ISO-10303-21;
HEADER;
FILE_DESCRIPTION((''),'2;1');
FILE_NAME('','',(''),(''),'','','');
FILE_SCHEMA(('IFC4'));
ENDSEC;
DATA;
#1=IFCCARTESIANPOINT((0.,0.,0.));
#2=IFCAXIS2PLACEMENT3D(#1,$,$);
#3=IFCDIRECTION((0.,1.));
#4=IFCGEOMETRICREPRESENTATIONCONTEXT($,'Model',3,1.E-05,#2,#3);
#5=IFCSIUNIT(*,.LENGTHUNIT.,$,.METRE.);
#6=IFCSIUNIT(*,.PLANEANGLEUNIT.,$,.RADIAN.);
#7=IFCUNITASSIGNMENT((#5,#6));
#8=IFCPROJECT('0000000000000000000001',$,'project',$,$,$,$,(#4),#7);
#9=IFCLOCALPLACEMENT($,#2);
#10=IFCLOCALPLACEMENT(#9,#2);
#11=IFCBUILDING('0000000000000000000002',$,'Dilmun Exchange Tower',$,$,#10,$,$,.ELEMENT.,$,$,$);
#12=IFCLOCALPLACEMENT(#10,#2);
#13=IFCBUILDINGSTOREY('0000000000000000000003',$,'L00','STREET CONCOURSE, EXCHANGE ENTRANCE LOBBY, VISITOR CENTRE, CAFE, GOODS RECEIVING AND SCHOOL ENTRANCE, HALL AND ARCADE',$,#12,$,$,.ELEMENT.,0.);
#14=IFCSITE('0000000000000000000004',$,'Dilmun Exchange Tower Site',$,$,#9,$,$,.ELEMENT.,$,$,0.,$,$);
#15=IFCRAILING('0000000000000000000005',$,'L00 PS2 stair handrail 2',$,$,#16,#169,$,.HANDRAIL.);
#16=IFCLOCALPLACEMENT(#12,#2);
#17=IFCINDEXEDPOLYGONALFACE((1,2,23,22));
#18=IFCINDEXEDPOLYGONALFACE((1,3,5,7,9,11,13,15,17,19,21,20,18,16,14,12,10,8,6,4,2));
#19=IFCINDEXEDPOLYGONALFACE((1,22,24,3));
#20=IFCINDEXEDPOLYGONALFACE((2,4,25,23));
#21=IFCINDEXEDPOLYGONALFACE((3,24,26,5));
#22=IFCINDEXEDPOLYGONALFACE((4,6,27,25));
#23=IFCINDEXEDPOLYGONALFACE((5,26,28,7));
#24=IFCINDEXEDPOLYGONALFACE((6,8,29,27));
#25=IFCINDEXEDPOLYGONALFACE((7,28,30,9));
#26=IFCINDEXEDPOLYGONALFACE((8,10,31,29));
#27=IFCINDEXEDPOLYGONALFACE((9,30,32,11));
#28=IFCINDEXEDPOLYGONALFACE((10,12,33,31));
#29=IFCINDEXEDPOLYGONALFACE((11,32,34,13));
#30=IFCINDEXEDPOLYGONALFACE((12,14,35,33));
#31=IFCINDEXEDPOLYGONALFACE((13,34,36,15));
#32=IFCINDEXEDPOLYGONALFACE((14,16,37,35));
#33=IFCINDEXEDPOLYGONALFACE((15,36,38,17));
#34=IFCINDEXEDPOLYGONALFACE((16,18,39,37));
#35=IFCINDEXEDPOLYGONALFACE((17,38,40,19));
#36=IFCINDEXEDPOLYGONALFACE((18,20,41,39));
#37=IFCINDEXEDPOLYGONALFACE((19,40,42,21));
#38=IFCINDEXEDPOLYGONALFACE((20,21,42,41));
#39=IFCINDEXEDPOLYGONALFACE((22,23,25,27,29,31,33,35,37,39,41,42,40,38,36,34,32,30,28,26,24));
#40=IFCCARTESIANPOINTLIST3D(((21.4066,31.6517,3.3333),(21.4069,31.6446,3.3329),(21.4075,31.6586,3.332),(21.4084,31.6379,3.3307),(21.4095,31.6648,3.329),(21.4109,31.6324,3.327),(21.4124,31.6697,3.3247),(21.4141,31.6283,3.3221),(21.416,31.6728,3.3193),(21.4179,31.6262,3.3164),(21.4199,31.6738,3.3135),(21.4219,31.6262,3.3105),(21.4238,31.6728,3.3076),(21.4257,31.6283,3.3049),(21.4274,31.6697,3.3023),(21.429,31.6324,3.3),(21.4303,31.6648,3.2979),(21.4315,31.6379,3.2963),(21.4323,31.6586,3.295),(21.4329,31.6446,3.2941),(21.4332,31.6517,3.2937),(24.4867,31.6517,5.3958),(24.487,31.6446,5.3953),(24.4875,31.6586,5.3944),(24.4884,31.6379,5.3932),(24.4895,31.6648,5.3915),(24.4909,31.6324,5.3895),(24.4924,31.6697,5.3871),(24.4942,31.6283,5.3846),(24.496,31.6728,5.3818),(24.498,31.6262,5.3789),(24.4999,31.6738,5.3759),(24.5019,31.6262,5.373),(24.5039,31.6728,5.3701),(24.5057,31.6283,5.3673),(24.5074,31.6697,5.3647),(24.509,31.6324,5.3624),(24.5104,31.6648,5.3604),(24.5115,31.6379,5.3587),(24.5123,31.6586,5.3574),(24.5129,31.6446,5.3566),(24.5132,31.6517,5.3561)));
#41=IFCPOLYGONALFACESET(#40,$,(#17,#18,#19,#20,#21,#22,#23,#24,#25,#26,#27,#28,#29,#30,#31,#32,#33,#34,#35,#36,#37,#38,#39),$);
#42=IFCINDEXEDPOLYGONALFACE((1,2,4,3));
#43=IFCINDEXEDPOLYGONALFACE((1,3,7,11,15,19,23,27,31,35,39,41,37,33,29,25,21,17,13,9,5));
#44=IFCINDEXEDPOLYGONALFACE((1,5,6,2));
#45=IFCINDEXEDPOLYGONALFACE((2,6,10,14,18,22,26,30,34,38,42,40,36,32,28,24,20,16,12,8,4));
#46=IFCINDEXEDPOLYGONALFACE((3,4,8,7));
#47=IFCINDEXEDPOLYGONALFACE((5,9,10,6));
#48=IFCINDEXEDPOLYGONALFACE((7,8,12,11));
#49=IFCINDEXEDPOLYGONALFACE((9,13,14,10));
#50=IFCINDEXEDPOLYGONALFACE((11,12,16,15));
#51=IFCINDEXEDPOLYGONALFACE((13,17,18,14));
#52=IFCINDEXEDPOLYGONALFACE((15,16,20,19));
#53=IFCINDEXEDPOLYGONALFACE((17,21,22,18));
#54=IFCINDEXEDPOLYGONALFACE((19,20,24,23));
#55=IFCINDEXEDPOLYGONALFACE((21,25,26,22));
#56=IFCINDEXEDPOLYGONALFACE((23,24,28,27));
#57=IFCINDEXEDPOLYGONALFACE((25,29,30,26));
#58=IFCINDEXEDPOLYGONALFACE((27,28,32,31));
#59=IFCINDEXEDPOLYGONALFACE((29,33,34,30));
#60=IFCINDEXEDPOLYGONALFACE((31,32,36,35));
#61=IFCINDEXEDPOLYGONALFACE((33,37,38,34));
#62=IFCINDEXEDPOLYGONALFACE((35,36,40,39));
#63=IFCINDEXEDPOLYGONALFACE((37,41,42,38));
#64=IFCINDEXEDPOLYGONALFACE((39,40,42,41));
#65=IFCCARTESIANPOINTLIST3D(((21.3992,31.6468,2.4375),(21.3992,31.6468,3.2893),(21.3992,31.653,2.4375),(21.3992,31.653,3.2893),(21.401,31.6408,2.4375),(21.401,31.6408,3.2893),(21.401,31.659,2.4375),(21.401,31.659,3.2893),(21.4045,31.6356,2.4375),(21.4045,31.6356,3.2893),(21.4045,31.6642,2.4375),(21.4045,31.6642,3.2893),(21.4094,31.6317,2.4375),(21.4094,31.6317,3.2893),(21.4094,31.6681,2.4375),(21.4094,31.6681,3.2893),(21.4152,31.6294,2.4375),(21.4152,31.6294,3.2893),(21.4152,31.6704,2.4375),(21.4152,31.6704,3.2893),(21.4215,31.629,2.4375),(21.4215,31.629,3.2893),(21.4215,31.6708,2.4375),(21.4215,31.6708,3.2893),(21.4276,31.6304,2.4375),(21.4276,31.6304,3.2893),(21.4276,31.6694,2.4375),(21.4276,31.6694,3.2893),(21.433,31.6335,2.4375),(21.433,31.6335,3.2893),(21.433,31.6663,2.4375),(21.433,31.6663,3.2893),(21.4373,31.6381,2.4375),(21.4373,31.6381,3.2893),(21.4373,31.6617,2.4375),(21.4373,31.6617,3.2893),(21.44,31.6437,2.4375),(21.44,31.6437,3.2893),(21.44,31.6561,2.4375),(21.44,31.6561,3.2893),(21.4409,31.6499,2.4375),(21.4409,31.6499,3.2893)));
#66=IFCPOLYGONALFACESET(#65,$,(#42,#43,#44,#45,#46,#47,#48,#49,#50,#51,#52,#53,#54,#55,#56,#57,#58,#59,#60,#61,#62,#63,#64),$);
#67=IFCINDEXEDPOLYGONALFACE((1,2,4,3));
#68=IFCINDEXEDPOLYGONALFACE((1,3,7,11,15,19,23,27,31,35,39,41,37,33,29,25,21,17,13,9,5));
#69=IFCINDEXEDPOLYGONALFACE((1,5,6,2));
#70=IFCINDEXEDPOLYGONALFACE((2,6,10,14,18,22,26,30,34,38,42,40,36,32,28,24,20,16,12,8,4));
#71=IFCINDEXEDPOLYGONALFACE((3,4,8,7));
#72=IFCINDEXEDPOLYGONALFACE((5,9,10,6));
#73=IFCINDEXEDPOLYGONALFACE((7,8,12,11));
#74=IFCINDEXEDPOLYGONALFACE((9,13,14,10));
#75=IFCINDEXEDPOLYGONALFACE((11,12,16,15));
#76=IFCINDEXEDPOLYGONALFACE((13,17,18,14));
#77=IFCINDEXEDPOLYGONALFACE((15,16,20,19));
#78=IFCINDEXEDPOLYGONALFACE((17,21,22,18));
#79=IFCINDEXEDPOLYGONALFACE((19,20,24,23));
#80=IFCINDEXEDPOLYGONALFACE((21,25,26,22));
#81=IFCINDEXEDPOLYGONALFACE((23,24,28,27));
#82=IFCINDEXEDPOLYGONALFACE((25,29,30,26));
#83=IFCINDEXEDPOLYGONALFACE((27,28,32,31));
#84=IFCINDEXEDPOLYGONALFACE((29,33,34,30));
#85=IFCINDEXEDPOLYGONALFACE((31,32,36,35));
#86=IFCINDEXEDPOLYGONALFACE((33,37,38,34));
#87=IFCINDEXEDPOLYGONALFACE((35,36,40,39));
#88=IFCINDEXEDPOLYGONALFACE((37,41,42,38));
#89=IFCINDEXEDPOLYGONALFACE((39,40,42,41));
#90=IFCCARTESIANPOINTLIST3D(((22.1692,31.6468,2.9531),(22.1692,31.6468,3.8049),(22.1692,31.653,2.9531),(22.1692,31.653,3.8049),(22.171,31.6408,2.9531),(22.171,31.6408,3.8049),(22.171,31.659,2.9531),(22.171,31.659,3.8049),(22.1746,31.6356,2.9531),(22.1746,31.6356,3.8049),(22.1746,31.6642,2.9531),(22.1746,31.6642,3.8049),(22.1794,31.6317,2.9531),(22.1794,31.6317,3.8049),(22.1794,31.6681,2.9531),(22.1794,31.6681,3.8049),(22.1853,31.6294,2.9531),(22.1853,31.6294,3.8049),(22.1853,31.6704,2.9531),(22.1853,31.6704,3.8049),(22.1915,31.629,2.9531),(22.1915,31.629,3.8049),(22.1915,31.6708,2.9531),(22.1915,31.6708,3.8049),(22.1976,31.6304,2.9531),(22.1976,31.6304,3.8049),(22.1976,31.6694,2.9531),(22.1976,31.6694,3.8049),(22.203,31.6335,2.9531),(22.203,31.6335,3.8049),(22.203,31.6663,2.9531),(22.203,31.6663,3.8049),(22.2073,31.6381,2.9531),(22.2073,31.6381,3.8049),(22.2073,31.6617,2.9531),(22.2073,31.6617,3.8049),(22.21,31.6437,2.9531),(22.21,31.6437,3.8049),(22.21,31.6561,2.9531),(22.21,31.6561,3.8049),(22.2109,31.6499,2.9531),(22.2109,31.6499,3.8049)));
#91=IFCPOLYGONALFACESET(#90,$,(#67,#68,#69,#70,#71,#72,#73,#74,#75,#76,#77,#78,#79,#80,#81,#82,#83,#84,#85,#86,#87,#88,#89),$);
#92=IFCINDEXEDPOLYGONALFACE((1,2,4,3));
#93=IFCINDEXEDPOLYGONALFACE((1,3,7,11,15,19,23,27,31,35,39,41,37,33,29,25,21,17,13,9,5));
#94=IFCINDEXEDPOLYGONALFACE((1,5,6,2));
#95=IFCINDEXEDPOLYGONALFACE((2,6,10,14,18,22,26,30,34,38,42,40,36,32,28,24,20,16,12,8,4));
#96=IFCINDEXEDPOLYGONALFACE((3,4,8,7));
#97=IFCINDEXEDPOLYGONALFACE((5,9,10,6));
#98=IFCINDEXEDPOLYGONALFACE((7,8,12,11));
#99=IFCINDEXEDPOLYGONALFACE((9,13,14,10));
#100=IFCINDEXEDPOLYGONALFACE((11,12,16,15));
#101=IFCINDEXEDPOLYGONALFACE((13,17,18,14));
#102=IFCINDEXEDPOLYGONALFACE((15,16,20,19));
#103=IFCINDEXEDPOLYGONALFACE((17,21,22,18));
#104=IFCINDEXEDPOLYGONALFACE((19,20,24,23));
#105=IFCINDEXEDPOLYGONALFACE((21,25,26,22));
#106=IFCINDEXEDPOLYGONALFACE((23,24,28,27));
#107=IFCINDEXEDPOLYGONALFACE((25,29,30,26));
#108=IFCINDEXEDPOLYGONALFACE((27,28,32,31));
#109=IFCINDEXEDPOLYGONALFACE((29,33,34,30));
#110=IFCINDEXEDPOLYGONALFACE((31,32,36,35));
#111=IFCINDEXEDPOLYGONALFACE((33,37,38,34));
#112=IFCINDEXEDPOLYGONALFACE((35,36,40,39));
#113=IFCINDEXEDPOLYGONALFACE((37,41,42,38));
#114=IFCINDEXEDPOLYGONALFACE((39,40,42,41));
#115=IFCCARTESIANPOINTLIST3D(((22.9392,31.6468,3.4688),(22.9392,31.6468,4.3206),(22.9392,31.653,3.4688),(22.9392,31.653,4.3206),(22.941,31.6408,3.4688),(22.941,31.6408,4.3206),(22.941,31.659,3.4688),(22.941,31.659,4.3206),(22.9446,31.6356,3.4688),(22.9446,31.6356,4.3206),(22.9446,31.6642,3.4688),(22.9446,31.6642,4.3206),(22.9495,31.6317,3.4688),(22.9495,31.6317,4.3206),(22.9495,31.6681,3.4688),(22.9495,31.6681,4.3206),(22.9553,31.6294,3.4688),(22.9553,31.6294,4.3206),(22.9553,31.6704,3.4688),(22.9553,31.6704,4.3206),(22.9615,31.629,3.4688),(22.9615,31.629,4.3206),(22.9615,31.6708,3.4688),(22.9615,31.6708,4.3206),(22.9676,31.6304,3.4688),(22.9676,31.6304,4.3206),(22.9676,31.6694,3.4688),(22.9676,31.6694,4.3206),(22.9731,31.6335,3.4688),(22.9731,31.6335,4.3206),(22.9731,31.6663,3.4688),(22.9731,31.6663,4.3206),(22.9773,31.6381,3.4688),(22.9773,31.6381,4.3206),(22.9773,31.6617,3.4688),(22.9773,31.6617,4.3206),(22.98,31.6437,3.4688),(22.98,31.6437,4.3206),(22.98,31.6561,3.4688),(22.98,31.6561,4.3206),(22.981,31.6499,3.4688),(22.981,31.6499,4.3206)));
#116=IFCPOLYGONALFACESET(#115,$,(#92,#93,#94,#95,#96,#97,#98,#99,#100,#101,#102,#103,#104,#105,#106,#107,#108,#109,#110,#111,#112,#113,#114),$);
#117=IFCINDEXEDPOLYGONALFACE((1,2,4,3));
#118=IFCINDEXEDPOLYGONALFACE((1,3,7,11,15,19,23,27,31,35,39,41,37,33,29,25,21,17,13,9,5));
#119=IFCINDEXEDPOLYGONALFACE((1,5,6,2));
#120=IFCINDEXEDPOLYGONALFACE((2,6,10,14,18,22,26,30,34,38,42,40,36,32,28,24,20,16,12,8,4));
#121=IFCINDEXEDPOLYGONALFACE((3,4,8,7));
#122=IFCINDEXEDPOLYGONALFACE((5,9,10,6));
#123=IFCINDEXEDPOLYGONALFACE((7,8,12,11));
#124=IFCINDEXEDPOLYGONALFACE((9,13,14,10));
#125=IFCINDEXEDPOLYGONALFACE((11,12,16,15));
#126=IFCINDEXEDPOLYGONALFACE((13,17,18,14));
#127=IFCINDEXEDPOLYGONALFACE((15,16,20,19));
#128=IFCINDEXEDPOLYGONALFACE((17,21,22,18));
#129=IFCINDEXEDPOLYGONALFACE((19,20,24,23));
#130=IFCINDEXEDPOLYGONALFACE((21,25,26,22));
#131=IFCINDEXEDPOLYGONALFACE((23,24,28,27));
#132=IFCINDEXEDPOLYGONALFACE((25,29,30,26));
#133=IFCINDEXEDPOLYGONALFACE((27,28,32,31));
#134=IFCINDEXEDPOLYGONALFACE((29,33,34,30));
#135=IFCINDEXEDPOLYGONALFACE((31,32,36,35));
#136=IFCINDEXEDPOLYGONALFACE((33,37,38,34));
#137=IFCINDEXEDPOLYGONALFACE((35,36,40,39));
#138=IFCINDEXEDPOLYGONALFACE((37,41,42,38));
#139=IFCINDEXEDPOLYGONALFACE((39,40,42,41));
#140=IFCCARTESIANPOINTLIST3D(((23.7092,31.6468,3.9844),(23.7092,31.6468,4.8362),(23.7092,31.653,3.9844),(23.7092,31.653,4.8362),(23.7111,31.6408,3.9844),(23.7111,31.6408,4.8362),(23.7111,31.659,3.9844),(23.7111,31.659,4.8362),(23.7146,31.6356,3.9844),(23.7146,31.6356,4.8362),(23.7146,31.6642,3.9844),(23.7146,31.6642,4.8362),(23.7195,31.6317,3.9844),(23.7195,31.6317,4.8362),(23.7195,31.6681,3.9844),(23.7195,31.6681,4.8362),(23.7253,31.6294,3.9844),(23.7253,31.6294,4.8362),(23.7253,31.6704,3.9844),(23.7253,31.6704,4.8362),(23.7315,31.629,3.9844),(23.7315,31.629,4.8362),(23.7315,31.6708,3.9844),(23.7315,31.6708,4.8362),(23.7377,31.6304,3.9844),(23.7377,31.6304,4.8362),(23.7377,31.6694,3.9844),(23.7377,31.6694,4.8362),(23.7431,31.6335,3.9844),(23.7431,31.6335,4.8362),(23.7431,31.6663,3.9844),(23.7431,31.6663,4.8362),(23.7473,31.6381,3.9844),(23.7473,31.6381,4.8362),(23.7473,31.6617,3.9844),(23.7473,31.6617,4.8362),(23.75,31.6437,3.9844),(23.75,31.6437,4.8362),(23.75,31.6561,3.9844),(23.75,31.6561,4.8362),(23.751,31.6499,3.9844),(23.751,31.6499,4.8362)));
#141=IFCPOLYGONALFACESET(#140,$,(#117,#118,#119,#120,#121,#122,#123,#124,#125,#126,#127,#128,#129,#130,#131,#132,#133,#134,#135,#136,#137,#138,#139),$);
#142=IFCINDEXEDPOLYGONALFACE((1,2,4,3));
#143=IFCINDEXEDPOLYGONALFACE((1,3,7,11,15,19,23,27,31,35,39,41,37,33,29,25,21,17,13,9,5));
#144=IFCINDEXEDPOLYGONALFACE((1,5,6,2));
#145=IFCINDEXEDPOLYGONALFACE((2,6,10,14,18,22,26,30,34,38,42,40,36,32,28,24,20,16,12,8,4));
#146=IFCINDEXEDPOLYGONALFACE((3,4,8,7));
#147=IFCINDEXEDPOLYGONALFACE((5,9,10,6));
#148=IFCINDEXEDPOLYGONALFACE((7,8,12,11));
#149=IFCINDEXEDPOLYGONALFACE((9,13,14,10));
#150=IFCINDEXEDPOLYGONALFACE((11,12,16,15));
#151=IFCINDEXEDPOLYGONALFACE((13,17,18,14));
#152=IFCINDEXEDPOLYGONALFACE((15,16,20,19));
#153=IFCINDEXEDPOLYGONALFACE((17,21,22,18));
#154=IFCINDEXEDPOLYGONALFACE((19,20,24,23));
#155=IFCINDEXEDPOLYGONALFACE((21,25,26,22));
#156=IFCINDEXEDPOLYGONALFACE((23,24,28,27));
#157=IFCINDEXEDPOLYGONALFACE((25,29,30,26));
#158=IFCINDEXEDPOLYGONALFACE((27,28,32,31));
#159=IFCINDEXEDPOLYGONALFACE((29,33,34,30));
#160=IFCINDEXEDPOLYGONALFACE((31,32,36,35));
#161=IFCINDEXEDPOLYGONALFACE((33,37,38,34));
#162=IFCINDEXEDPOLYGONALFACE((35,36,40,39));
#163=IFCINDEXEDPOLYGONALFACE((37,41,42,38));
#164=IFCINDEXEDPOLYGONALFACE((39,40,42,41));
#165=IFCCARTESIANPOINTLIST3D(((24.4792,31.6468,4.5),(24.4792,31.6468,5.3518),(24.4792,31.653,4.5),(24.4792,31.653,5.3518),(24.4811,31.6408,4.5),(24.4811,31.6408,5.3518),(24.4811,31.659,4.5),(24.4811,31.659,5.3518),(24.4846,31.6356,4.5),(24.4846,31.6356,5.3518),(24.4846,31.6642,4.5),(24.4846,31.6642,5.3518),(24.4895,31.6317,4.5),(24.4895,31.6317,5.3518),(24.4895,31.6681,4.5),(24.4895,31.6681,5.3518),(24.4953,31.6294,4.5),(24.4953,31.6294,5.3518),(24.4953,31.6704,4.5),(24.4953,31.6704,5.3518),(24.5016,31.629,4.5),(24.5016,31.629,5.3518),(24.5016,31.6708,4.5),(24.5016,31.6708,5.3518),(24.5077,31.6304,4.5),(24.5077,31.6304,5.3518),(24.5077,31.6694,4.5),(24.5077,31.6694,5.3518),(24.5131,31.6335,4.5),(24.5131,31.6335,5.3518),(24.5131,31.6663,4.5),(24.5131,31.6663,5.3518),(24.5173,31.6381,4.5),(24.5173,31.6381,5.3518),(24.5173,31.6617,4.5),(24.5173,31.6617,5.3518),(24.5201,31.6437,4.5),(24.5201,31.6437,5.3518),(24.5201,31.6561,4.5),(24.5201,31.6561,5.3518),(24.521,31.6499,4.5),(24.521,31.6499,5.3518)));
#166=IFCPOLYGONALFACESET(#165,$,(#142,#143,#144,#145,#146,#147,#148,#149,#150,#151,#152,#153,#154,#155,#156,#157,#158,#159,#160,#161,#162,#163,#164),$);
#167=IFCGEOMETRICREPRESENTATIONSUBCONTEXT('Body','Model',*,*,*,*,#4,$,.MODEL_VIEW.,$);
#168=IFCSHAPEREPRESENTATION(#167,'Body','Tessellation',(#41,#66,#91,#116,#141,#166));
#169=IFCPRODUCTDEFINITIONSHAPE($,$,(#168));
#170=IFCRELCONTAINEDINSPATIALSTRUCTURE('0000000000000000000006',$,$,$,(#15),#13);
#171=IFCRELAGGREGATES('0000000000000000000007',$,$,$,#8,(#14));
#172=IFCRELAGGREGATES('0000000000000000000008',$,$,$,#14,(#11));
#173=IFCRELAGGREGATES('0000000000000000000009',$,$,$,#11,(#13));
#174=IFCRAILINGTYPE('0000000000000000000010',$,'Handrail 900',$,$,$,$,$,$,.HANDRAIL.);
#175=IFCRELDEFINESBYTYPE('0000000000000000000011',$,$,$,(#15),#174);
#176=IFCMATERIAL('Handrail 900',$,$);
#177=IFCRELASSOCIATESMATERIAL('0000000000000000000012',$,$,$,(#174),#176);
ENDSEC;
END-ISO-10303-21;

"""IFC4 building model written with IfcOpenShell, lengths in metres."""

from ifc_helpers import new_model, si_unit, direction, frame, origin, origin_2d, place, context, subcontext, project, spatial, circle, extrude, material, type_object, element, save


model = new_model("IFC4")

# Units and contexts
model_context = context("Model", 3, precision=1e-05, world=origin(), true_north=direction((0.0, 1.0)))
body_context = subcontext(model_context, "Body", "Model", "MODEL_VIEW")
ifc_project = project(units=[si_unit("LENGTHUNIT", "METRE"), si_unit("PLANEANGLEUNIT", "RADIAN")], contexts=[model_context])

# Site, building, storey
site_placement = place(None, origin())
site = spatial("IfcSite", under=ifc_project, at=site_placement, Name="Dilmun Exchange Tower Site", CompositionType="ELEMENT", RefElevation=0.0)
building_placement = place(site_placement, origin())
building = spatial("IfcBuilding", under=site, at=building_placement, Name="Dilmun Exchange Tower", CompositionType="ELEMENT")
storey_placement = place(building_placement, origin())
storey = spatial("IfcBuildingStorey", under=building, at=storey_placement, Name="L00", Description="STREET CONCOURSE, EXCHANGE ENTRANCE LOBBY, VISITOR CENTRE, CAFE, GOODS RECEIVING AND SCHOOL ENTRANCE, HALL AND ARCADE", CompositionType="ELEMENT", Elevation=0.0)

# Railing
ifc_material_1 = material(Name="Handrail 900")
railing_type = type_object("IfcRailingType", Name="Handrail 900", PredefinedType="HANDRAIL", material=ifc_material_1)
railing_placement = place(storey_placement, frame((21.4199, 31.6499, 2.4375)))
element("IfcRailing", 1, at=railing_placement, inside=storey, type_object=railing_type, Name="L00 PS2 stair handrail 2", PredefinedType="HANDRAIL", context=body_context, shape_type="SweptSolid", body=[
    extrude(circle(Radius=0.0239, at=origin_2d()), frame((0.0, 0.0, 0.876), z_axis=(0.830914, 0.0, 0.556401), x_axis=(0.0, 1.0, 0.0)), (0.0, 0.0, 1.0), 3.7068),
    extrude(circle(Radius=0.021, at=origin_2d()), origin(), (0.0, 0.0, 1.0), 0.8518),
    extrude(circle(Radius=0.021, at=origin_2d()), frame((0.77, 0.0, 0.5156)), (0.0, 0.0, 1.0), 0.8518),
    extrude(circle(Radius=0.021, at=origin_2d()), frame((1.54, 0.0, 1.0312)), (0.0, 0.0, 1.0), 0.8518),
    extrude(circle(Radius=0.021, at=origin_2d()), frame((2.3101, 0.0, 1.5469)), (0.0, 0.0, 1.0), 0.8518),
    extrude(circle(Radius=0.021, at=origin_2d()), frame((3.0801, 0.0, 2.0625)), (0.0, 0.0, 1.0), 0.8518),
])

save(model, "model.ifc")
